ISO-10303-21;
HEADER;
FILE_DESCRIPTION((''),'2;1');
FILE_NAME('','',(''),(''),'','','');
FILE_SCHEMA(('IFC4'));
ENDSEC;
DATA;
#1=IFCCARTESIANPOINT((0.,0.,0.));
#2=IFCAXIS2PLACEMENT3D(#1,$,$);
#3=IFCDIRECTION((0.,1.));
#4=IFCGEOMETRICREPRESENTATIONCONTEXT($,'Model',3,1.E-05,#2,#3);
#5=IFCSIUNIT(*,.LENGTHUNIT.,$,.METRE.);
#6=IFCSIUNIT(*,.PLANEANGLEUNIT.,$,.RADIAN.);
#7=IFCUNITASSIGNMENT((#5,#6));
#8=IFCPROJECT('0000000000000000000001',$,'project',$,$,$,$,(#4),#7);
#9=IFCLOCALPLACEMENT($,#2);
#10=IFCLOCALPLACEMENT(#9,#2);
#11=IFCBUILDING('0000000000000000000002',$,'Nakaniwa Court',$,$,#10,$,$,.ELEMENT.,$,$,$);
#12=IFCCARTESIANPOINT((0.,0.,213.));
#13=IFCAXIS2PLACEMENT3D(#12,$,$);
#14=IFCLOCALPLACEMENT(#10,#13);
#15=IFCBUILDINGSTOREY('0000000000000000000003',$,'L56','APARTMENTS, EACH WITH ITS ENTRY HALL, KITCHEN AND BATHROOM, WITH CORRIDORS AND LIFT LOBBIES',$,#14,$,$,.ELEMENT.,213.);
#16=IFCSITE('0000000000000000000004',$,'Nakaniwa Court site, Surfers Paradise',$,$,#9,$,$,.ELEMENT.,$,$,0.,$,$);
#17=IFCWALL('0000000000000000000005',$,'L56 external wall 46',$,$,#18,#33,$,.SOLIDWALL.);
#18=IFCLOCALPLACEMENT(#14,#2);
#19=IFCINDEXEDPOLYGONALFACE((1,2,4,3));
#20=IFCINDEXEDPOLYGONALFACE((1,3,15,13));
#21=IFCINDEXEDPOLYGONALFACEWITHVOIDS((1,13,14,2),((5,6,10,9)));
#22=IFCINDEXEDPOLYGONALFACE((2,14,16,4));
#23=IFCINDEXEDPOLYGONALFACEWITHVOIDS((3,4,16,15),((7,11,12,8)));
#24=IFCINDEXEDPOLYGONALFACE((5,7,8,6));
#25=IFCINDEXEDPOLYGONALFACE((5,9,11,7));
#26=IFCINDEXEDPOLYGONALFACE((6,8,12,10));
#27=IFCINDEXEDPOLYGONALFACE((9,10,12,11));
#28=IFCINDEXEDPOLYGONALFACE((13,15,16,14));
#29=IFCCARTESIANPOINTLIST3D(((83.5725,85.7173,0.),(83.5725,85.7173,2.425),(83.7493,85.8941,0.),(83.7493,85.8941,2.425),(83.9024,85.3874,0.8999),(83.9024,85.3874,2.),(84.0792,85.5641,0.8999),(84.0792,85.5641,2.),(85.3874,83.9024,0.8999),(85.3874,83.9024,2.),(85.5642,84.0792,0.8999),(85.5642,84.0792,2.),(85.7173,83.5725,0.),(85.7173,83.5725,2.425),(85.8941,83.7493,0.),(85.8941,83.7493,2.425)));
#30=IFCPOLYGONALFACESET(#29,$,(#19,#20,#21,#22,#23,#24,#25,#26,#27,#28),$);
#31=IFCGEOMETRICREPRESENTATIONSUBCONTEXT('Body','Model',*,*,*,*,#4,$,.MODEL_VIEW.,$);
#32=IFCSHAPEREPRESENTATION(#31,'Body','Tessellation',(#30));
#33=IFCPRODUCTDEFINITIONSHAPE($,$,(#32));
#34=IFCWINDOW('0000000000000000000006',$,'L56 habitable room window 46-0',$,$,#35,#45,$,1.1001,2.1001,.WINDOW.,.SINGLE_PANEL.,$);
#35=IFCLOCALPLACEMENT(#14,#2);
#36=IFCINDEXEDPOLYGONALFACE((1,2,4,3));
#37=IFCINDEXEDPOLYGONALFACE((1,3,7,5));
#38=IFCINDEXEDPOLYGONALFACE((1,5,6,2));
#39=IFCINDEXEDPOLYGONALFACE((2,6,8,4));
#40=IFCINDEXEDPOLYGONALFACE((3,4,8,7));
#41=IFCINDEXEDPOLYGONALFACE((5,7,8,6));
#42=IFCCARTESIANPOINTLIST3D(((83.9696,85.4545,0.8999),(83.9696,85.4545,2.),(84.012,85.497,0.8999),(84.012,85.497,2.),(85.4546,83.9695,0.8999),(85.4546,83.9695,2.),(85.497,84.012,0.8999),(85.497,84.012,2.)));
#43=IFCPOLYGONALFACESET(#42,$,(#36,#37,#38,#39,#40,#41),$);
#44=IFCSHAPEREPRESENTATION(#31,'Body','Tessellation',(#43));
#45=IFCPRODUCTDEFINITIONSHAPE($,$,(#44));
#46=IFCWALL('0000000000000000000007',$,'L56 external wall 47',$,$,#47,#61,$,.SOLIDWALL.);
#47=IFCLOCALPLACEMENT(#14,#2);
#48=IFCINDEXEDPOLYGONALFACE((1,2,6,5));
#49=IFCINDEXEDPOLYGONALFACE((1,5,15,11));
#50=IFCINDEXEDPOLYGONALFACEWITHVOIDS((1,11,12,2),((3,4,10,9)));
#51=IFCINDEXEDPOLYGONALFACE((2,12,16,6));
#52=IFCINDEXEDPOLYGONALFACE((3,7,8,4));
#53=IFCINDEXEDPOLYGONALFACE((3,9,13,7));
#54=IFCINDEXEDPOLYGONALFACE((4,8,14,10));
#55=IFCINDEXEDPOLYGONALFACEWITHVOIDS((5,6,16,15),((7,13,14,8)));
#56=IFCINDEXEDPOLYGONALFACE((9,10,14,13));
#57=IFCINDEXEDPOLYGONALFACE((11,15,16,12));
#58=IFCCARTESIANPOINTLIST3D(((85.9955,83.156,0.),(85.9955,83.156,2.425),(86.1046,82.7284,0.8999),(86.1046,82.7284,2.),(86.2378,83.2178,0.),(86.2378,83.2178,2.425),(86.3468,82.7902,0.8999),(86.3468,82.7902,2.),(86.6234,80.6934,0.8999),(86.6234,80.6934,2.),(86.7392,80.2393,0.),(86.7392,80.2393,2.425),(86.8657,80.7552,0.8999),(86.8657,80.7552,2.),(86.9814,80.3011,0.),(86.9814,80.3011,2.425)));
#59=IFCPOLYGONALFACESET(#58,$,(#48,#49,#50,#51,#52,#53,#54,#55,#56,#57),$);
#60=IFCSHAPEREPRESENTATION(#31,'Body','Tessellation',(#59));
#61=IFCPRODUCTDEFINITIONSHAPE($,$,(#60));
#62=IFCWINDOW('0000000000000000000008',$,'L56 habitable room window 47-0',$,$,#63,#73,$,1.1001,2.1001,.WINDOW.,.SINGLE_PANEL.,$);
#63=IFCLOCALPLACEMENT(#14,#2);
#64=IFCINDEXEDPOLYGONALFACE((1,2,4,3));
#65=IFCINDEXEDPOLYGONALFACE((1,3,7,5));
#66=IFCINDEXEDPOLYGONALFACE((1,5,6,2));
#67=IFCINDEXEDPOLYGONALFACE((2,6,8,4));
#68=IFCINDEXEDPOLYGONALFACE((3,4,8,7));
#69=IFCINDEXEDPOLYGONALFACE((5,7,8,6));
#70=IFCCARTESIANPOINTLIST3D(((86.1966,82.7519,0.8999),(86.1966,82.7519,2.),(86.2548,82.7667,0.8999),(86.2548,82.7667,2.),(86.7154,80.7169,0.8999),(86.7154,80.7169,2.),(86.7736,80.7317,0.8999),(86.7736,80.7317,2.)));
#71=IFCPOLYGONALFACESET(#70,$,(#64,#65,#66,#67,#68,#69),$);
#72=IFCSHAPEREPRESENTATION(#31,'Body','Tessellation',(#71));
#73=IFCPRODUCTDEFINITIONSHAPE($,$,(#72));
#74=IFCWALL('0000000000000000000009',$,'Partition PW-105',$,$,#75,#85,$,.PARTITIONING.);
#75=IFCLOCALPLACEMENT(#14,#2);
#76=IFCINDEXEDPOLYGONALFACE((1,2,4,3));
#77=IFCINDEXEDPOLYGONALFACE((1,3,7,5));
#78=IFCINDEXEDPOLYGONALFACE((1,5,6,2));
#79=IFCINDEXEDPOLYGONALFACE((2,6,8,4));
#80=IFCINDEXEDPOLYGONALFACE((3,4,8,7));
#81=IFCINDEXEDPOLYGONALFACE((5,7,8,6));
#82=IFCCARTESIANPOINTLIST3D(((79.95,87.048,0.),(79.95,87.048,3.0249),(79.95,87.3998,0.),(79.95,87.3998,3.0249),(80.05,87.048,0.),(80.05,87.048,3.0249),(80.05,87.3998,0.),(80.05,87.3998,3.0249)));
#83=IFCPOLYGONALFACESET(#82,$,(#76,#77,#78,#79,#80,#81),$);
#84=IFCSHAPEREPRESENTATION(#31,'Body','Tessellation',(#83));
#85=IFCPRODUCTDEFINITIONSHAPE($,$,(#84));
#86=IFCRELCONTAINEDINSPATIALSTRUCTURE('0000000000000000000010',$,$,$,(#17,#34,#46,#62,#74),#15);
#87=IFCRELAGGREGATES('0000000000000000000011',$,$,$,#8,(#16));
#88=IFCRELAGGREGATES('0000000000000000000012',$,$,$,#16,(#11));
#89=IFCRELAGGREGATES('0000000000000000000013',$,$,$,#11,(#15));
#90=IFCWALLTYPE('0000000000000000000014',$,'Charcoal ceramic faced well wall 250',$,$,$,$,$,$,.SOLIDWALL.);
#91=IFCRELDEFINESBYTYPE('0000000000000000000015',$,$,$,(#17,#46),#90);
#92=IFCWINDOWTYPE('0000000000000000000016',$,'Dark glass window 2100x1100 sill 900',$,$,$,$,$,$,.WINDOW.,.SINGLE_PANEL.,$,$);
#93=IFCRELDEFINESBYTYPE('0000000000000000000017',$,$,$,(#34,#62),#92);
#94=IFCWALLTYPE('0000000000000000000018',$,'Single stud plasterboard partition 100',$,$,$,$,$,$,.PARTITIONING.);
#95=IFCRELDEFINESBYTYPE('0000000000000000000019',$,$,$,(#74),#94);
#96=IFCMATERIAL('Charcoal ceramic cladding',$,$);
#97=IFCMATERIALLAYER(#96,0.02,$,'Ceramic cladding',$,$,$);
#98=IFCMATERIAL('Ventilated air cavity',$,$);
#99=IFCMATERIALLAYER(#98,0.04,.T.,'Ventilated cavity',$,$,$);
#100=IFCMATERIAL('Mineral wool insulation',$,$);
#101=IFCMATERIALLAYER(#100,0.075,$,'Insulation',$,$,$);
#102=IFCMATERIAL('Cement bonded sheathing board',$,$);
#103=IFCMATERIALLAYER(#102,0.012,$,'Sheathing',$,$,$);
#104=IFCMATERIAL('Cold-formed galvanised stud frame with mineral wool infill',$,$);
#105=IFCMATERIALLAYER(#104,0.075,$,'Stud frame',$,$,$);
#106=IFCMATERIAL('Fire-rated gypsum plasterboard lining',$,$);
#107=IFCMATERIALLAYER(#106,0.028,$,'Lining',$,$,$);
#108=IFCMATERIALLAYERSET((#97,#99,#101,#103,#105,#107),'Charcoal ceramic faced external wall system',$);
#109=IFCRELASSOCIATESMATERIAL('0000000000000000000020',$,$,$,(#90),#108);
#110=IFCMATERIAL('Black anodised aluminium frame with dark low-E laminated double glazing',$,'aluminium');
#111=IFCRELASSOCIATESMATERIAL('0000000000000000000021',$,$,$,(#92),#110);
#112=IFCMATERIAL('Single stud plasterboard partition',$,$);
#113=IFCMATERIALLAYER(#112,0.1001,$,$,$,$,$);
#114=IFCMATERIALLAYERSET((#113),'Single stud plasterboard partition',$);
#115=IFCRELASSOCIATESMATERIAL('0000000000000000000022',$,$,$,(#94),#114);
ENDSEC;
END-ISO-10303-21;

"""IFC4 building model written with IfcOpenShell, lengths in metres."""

from ifc_helpers import new_model, si_unit, direction, frame, frame_2d, origin, place, context, subcontext, project, spatial, rectangle, extrude, material, layer, layer_set, type_object, element, fill, save


model = new_model("IFC4")

# Units and contexts
model_context = context("Model", 3, precision=1e-05, world=origin(), true_north=direction((0.0, 1.0)))
body_context = subcontext(model_context, "Body", "Model", "MODEL_VIEW")
ifc_project = project(units=[si_unit("LENGTHUNIT", "METRE"), si_unit("PLANEANGLEUNIT", "RADIAN")], contexts=[model_context])

# Site, building, storey
site_placement = place(None, origin())
site = spatial("IfcSite", under=ifc_project, at=site_placement, Name="Nakaniwa Court site, Surfers Paradise", CompositionType="ELEMENT", RefElevation=0.0)
building_placement = place(site_placement, origin())
building = spatial("IfcBuilding", under=site, at=building_placement, Name="Nakaniwa Court", CompositionType="ELEMENT")
storey_placement = place(building_placement, frame((0.0, 0.0, 213.0)))
storey = spatial("IfcBuildingStorey", under=building, at=storey_placement, Name="L56", Description="APARTMENTS, EACH WITH ITS ENTRY HALL, KITCHEN AND BATHROOM, WITH CORRIDORS AND LIFT LOBBIES", CompositionType="ELEMENT", Elevation=213.0)

# Walls, openings, windows
ifc_material_1 = material(Name="Charcoal ceramic cladding")
ifc_layer_1 = layer(ifc_material_1, 0.02, Name="Ceramic cladding")
ifc_material_2 = material(Name="Ventilated air cavity")
ifc_layer_2 = layer(ifc_material_2, 0.04, ventilated=True, Name="Ventilated cavity")
ifc_material_3 = material(Name="Mineral wool insulation")
ifc_layer_3 = layer(ifc_material_3, 0.075, Name="Insulation")
ifc_material_4 = material(Name="Cement bonded sheathing board")
ifc_layer_4 = layer(ifc_material_4, 0.012, Name="Sheathing")
ifc_material_5 = material(Name="Cold-formed galvanised stud frame with mineral wool infill")
ifc_layer_5 = layer(ifc_material_5, 0.075, Name="Stud frame")
ifc_material_6 = material(Name="Fire-rated gypsum plasterboard lining")
ifc_layer_6 = layer(ifc_material_6, 0.028, Name="Lining")
ifc_layer_set_1 = layer_set([ifc_layer_1, ifc_layer_2, ifc_layer_3, ifc_layer_4, ifc_layer_5, ifc_layer_6], Name="Charcoal ceramic faced external wall system")
wall_type_1 = type_object("IfcWallType", Name="Charcoal ceramic faced well wall 250", PredefinedType="SOLIDWALL", material=ifc_layer_set_1)
ifc_material_7 = material(Name="Black anodised aluminium frame with dark low-E laminated double glazing", Category="aluminium")
window_type = type_object("IfcWindowType", Name="Dark glass window 2100x1100 sill 900", PartitioningType="SINGLE_PANEL", PredefinedType="WINDOW", material=ifc_material_7)
wall_1_placement = place(storey_placement, frame((83.6609, 85.8057, 0.0), z_axis=(0.0, 0.0, 1.0), x_axis=(0.707107, -0.707107, 0.0)))
wall_1 = element("IfcWall", 1, at=wall_1_placement, inside=storey, type_object=wall_type_1, Name="L56 external wall 46", PredefinedType="SOLIDWALL", context=body_context, shape_type="SweptSolid", body=[
    extrude(rectangle(XDim=3.0332, YDim=0.25, at=frame_2d((1.5166, 0.0))), origin(), (0.0, 0.0, 1.0), 2.425),
])
opening_1_placement = place(wall_1_placement, frame((0.4666, 0.0, 0.8999)))
opening_1 = element("IfcOpeningElement", 2, at=opening_1_placement, cuts=wall_1, PredefinedType="OPENING", context=body_context, shape_type="SweptSolid", body=[
    extrude(rectangle(XDim=2.1001, YDim=1.1001, at=frame_2d((1.05, 0.55))), frame((0.0, 0.135, 0.0), z_axis=(0.0, -1.0, 0.0), x_axis=(1.0, 0.0, 0.0)), (0.0, 0.0, 1.0), 0.27),
])
window_1_placement = place(opening_1_placement, origin())
window_1 = element("IfcWindow", 3, at=window_1_placement, inside=storey, type_object=window_type, Name="L56 habitable room window 46-0", OverallHeight=1.1001, OverallWidth=2.1001, PartitioningType="SINGLE_PANEL", PredefinedType="WINDOW", context=body_context, shape_type="SweptSolid", body=[
    extrude(rectangle(XDim=2.1001, YDim=1.1001, at=frame_2d((1.05, 0.55))), frame((0.0, 0.03, 0.0), z_axis=(0.0, -1.0, 0.0), x_axis=(1.0, 0.0, 0.0)), (0.0, 0.0, 1.0), 0.0601),
])
fill(opening_1, window_1)
wall_2_placement = place(storey_placement, frame((86.1167, 83.1868, 0.0), z_axis=(0.0, 0.0, 1.0), x_axis=(0.247056, -0.969001, 0.0)))
wall_2 = element("IfcWall", 4, at=wall_2_placement, inside=storey, type_object=wall_type_1, Name="L56 external wall 47", PredefinedType="SOLIDWALL", context=body_context, shape_type="SweptSolid", body=[
    extrude(rectangle(XDim=3.01, YDim=0.25, at=frame_2d((1.5049, 0.0))), origin(), (0.0, 0.0, 1.0), 2.425),
])
opening_2_placement = place(wall_2_placement, frame((0.4412, 0.0, 0.8999)))
opening_2 = element("IfcOpeningElement", 5, at=opening_2_placement, cuts=wall_2, PredefinedType="OPENING", context=body_context, shape_type="SweptSolid", body=[
    extrude(rectangle(XDim=2.1001, YDim=1.1001, at=frame_2d((1.05, 0.55))), frame((0.0, 0.135, 0.0), z_axis=(0.0, -1.0, 0.0), x_axis=(1.0, 0.0, 0.0)), (0.0, 0.0, 1.0), 0.27),
])
window_2_placement = place(opening_2_placement, origin())
window_2 = element("IfcWindow", 6, at=window_2_placement, inside=storey, type_object=window_type, Name="L56 habitable room window 47-0", OverallHeight=1.1001, OverallWidth=2.1001, PartitioningType="SINGLE_PANEL", PredefinedType="WINDOW", context=body_context, shape_type="SweptSolid", body=[
    extrude(rectangle(XDim=2.1001, YDim=1.1001, at=frame_2d((1.05, 0.55))), frame((0.0, 0.03, 0.0), z_axis=(0.0, -1.0, 0.0), x_axis=(1.0, 0.0, 0.0)), (0.0, 0.0, 1.0), 0.0601),
])
fill(opening_2, window_2)

# Wall
ifc_material_8 = material(Name="Single stud plasterboard partition")
ifc_layer_7 = layer(ifc_material_8, 0.1001)
ifc_layer_set_2 = layer_set([ifc_layer_7], Name="Single stud plasterboard partition")
wall_type_2 = type_object("IfcWallType", Name="Single stud plasterboard partition 100", PredefinedType="PARTITIONING", material=ifc_layer_set_2)
wall_3_placement = place(storey_placement, frame((80.0, 87.0481, 0.0), z_axis=(0.0, 0.0, 1.0), x_axis=(0.0, 1.0, 0.0)))
element("IfcWall", 7, at=wall_3_placement, inside=storey, type_object=wall_type_2, Name="Partition PW-105", PredefinedType="PARTITIONING", context=body_context, shape_type="SweptSolid", body=[
    extrude(rectangle(XDim=0.3518, YDim=0.1001, at=frame_2d((0.1758, 0.0))), origin(), (0.0, 0.0, 1.0), 3.0249),
])

save(model, "model.ifc")
